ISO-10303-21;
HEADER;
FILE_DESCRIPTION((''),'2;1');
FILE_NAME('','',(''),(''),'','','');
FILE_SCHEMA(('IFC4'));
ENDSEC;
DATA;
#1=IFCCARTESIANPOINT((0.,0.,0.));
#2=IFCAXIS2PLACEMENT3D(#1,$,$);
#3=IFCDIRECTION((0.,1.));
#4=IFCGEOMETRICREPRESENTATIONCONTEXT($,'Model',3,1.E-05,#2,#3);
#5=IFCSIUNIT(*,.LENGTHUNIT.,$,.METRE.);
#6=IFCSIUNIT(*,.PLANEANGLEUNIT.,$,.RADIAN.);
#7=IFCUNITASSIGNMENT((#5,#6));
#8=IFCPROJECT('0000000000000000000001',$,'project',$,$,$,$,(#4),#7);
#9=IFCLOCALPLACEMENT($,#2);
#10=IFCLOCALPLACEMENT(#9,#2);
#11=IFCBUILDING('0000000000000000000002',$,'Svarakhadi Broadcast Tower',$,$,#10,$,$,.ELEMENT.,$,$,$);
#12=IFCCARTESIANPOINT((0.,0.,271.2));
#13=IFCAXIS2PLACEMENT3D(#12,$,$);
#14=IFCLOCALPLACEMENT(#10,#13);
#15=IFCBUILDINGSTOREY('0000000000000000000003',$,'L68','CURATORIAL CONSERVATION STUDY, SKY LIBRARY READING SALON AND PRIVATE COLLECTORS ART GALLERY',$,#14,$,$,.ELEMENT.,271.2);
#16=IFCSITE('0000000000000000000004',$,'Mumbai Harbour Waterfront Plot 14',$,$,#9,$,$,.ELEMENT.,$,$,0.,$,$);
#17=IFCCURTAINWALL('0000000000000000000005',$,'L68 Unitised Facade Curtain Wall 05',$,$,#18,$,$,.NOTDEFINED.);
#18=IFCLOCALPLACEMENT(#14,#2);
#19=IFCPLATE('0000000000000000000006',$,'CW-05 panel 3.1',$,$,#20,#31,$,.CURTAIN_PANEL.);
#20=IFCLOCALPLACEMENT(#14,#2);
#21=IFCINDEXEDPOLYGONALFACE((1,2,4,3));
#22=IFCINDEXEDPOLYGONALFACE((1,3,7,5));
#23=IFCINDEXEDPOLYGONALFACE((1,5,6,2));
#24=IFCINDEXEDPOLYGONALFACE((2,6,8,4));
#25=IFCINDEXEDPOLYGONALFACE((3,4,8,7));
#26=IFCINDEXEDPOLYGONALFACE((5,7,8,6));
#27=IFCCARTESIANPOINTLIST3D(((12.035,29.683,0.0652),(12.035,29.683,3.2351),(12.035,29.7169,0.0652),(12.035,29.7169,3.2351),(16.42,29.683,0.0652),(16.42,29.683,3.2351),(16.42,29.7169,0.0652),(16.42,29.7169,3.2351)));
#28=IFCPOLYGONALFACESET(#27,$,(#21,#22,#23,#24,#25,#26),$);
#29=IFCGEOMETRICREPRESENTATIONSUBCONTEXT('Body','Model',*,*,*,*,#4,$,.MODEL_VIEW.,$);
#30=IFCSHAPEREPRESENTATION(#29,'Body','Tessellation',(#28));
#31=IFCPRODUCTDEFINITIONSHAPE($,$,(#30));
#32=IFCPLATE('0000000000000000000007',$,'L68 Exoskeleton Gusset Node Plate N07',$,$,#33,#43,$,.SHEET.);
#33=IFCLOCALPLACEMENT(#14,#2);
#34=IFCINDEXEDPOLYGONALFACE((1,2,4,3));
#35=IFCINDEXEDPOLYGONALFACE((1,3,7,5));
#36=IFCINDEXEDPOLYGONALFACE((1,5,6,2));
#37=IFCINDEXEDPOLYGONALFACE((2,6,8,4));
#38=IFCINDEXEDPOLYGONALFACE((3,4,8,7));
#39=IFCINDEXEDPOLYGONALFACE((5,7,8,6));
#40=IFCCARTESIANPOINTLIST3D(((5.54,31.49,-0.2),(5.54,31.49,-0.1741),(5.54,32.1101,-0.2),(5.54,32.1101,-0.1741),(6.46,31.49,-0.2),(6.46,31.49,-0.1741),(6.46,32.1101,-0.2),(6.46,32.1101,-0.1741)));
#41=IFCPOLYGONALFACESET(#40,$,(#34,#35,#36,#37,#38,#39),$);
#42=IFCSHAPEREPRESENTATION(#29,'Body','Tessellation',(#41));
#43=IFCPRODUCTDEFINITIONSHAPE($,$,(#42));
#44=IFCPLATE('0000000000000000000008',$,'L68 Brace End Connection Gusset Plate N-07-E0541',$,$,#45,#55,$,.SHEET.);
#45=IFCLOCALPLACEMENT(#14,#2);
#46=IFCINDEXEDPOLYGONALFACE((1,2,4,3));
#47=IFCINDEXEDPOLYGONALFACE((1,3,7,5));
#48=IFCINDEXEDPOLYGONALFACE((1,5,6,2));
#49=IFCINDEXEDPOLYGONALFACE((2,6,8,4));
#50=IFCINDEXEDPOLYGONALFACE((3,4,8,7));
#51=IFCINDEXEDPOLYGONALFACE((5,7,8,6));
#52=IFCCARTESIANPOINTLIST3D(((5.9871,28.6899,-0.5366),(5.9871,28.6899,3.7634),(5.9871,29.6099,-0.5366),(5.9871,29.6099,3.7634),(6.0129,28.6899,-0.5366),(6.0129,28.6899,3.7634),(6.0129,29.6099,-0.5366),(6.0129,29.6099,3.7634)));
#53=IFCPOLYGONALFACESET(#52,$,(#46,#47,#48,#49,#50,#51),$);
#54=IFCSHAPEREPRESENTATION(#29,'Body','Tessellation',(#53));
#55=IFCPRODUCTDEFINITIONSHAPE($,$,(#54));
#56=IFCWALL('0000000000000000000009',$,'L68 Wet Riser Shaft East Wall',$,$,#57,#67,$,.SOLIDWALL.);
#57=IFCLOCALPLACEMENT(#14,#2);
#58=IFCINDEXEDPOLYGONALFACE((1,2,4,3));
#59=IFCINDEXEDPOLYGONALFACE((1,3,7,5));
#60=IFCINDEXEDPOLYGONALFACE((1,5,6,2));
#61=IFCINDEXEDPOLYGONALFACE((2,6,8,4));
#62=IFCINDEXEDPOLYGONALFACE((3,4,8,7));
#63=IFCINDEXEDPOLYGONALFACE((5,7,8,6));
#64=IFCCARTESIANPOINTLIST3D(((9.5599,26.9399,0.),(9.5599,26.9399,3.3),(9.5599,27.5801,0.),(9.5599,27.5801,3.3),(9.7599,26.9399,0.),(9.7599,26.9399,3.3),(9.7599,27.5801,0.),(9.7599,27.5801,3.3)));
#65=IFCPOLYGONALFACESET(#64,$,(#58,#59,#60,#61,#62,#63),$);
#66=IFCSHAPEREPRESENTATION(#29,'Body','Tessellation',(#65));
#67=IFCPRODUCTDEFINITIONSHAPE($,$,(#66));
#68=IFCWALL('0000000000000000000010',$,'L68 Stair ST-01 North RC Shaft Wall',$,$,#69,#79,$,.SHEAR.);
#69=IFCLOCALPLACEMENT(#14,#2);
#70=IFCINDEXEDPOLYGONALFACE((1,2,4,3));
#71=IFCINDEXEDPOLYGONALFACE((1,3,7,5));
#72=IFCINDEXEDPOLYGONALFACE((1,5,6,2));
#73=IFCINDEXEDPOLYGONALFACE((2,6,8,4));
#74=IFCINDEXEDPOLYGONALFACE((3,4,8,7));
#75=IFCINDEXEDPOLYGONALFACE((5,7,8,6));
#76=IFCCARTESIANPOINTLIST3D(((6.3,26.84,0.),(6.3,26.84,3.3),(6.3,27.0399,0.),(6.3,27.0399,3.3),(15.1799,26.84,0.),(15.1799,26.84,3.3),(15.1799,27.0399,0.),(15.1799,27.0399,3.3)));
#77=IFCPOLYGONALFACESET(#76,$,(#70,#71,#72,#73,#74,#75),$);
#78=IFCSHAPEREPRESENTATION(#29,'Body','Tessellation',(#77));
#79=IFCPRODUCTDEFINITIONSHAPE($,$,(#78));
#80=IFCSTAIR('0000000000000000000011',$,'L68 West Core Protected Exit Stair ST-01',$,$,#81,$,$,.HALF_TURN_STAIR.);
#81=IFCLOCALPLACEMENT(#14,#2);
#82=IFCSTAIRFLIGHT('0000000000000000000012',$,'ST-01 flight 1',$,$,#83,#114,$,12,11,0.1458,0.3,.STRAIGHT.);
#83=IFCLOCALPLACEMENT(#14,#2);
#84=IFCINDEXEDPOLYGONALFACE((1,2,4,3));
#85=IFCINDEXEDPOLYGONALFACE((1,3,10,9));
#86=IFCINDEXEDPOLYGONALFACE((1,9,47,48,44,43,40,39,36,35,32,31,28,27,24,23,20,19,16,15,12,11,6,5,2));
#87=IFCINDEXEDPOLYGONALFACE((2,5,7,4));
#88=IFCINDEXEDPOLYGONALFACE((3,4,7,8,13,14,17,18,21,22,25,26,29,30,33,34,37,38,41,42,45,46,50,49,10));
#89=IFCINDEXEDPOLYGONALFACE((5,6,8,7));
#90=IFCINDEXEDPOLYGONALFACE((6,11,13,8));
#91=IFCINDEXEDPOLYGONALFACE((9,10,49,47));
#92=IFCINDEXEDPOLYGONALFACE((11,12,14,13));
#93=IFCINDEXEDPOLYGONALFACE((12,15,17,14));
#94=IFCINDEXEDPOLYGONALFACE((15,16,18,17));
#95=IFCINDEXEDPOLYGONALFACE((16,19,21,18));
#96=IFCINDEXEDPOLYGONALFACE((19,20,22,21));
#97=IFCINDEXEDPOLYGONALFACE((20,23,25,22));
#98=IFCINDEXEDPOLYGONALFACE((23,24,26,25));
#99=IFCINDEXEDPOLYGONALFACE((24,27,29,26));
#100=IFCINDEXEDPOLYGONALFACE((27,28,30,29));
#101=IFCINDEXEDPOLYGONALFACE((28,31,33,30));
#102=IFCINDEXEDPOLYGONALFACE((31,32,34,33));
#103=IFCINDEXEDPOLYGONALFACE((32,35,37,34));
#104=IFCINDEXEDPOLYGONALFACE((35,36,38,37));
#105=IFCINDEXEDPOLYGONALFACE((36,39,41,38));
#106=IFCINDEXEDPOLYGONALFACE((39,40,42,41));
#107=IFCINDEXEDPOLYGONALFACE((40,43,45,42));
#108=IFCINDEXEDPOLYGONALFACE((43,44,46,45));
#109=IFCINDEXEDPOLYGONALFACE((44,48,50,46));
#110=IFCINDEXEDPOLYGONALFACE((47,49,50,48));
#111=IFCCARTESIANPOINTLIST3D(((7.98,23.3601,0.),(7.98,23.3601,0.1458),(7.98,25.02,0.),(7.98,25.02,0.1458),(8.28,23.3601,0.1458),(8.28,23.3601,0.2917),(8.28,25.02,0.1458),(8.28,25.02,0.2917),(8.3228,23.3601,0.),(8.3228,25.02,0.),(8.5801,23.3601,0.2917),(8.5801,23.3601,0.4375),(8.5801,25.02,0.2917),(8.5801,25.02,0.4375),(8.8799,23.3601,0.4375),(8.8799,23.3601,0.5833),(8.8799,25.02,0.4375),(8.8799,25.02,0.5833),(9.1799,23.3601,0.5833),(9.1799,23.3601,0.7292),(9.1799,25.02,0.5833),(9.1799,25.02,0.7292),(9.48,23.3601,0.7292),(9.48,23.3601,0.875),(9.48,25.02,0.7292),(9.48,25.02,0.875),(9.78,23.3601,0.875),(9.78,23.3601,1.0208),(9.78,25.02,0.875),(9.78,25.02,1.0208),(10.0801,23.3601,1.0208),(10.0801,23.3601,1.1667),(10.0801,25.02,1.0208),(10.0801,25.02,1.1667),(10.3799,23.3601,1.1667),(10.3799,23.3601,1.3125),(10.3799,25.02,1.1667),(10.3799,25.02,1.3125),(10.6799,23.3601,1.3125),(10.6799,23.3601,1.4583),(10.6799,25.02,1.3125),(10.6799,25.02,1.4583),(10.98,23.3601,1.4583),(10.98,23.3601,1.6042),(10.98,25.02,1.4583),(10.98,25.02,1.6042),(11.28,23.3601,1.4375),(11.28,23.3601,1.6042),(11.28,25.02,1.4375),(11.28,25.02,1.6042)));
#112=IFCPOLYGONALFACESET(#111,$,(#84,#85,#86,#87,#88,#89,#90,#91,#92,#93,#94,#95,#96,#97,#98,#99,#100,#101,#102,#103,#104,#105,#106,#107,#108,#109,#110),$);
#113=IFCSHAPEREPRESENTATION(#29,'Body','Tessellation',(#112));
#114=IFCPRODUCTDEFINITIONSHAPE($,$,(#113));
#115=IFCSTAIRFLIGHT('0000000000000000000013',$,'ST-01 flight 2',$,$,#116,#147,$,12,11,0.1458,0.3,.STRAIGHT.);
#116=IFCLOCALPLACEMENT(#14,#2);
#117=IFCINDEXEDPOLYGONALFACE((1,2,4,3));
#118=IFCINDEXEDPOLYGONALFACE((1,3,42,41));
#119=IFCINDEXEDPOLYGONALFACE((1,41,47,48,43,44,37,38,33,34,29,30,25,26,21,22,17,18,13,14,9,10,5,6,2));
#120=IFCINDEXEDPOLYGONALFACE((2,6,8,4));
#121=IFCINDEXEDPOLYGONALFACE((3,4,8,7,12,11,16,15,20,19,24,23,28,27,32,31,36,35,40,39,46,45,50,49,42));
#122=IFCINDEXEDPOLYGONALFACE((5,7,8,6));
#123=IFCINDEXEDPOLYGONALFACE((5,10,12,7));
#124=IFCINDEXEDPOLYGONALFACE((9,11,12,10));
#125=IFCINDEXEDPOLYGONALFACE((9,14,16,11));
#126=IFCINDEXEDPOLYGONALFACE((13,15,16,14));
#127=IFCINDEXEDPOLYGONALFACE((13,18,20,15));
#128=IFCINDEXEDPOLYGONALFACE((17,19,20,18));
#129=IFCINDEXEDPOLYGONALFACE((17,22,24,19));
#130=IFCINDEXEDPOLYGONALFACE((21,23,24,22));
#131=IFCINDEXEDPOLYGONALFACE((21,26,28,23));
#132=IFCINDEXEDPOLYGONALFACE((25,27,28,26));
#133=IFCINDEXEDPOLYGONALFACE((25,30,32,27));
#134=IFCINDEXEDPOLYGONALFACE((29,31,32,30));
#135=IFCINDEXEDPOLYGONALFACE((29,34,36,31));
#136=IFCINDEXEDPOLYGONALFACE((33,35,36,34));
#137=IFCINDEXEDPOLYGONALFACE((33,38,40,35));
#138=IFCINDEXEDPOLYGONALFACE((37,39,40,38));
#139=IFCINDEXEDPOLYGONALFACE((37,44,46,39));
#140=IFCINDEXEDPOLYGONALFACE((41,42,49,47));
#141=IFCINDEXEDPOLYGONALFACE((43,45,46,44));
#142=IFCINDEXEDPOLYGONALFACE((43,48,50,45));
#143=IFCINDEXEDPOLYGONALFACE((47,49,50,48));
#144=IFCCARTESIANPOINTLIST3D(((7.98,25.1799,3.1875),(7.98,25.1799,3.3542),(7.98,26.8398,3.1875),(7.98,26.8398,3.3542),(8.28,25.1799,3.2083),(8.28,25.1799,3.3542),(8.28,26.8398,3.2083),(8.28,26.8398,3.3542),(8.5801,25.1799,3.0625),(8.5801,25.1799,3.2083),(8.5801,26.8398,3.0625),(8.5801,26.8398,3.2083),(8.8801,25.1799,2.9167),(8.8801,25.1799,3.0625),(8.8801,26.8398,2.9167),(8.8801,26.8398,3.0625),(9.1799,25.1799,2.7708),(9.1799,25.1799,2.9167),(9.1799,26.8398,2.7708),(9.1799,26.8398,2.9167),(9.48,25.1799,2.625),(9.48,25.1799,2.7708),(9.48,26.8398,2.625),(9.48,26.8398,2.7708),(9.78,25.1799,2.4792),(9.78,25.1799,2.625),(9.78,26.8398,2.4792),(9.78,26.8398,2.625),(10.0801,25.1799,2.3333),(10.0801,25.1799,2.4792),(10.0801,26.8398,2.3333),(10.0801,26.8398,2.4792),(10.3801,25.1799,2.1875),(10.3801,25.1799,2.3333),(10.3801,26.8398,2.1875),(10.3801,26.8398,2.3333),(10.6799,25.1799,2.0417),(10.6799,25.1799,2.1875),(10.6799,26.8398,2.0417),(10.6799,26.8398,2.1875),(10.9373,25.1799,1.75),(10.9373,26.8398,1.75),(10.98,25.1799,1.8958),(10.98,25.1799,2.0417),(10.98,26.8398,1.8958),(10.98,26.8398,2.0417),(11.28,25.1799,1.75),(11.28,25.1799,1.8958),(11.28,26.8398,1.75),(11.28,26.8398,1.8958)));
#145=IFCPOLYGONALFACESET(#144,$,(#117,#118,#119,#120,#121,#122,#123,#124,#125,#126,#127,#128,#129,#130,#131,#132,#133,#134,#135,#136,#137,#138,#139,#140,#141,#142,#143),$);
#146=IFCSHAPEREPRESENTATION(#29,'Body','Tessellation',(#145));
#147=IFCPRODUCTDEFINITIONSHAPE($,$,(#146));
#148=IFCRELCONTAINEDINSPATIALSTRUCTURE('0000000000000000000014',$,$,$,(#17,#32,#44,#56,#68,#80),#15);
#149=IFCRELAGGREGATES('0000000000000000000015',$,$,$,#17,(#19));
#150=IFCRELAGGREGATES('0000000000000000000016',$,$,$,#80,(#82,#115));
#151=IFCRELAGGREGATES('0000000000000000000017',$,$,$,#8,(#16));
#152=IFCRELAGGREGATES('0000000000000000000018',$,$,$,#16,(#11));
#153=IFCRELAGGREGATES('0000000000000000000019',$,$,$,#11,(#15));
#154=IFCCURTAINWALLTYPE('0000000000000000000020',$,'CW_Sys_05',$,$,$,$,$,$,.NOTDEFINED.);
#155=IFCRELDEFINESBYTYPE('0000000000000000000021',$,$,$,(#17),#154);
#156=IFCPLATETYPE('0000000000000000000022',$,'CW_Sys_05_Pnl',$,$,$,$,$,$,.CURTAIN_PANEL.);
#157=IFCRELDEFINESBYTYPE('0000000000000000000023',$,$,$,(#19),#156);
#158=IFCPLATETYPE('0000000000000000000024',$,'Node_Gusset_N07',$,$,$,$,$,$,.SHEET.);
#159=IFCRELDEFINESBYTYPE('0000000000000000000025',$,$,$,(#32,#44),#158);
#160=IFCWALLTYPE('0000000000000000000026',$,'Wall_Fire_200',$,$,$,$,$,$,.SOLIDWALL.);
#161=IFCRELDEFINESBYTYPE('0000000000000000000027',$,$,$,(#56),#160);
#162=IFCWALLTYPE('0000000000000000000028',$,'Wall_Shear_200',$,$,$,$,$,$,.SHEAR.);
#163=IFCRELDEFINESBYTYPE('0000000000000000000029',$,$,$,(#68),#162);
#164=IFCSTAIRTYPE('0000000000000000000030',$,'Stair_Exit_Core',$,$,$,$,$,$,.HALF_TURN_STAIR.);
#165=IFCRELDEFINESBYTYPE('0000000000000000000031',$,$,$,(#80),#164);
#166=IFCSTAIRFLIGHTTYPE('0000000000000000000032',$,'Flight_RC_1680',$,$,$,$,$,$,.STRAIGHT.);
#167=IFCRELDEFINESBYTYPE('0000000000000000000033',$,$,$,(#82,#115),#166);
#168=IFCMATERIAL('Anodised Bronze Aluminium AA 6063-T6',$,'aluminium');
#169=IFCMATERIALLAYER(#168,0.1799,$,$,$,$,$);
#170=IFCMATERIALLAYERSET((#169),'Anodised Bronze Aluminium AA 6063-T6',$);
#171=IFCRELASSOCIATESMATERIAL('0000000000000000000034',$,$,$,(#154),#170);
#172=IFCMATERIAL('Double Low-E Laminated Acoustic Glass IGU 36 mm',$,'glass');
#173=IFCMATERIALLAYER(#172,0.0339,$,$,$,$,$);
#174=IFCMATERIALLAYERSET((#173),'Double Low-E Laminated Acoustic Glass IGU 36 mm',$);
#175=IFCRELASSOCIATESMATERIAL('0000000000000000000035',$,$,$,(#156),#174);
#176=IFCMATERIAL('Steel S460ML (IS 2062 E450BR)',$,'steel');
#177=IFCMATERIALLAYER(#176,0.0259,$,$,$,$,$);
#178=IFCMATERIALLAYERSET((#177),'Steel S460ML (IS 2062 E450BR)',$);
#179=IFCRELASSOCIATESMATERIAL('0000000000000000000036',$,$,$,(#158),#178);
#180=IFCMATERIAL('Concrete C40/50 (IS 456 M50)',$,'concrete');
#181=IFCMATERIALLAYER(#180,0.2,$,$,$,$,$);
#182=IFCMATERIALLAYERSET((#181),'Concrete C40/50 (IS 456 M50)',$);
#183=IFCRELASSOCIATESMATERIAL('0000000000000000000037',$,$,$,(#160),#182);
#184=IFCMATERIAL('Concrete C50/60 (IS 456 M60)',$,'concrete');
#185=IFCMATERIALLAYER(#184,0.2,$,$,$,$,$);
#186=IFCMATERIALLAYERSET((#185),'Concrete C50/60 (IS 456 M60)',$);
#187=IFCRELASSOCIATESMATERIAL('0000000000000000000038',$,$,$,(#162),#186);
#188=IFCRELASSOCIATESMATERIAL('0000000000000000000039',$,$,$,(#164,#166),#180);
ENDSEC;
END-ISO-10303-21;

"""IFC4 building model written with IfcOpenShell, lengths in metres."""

from ifc_helpers import new_model, si_unit, direction, frame, frame_2d, origin, origin_2d, place, context, subcontext, project, spatial, polyline, rectangle, outline, extrude, material, layer, layer_set, type_object, element, aggregate, save


model = new_model("IFC4")

# Units and contexts
model_context = context("Model", 3, precision=1e-05, world=origin(), true_north=direction((0.0, 1.0)))
body_context = subcontext(model_context, "Body", "Model", "MODEL_VIEW")
ifc_project = project(units=[si_unit("LENGTHUNIT", "METRE"), si_unit("PLANEANGLEUNIT", "RADIAN")], contexts=[model_context])

# Site, building, storey
site_placement = place(None, origin())
site = spatial("IfcSite", under=ifc_project, at=site_placement, Name="Mumbai Harbour Waterfront Plot 14", CompositionType="ELEMENT", RefElevation=0.0)
building_placement = place(site_placement, origin())
building = spatial("IfcBuilding", under=site, at=building_placement, Name="Svarakhadi Broadcast Tower", CompositionType="ELEMENT")
storey_placement = place(building_placement, frame((0.0, 0.0, 271.2)))
storey = spatial("IfcBuildingStorey", under=building, at=storey_placement, Name="L68", Description="CURATORIAL CONSERVATION STUDY, SKY LIBRARY READING SALON AND PRIVATE COLLECTORS ART GALLERY", CompositionType="ELEMENT", Elevation=271.2)

# Shared definitions
ifc_material_1 = material(Name="Steel S460ML (IS 2062 E450BR)", Category="steel")

# Curtain wall
ifc_material_2 = material(Name="Anodised Bronze Aluminium AA 6063-T6", Category="aluminium")
ifc_layer_1 = layer(ifc_material_2, 0.1799)
ifc_layer_set_1 = layer_set([ifc_layer_1], Name="Anodised Bronze Aluminium AA 6063-T6")
curtain_wall_type = type_object("IfcCurtainWallType", Name="CW_Sys_05", PredefinedType="NOTDEFINED", material=ifc_layer_set_1)
curtain_wall_placement = place(storey_placement, origin())
curtain_wall = element("IfcCurtainWall", 1, at=curtain_wall_placement, inside=storey, type_object=curtain_wall_type, Name="L68 Unitised Facade Curtain Wall 05", PredefinedType="NOTDEFINED")

# Plate
ifc_material_3 = material(Name="Double Low-E Laminated Acoustic Glass IGU 36 mm", Category="glass")
ifc_layer_2 = layer(ifc_material_3, 0.0339)
ifc_layer_set_2 = layer_set([ifc_layer_2], Name="Double Low-E Laminated Acoustic Glass IGU 36 mm")
plate_type_1 = type_object("IfcPlateType", Name="CW_Sys_05_Pnl", PredefinedType="CURTAIN_PANEL", material=ifc_layer_set_2)
plate_1_placement = place(storey_placement, frame((14.2275, 29.7, 0.0652), z_axis=(0.0, 0.0, 1.0), x_axis=(1.0, 0.0, 0.0)))
plate_1 = element("IfcPlate", 2, at=plate_1_placement, type_object=plate_type_1, Name="CW-05 panel 3.1", PredefinedType="CURTAIN_PANEL", context=body_context, shape_type="SweptSolid", body=[
    extrude(rectangle(XDim=4.385, YDim=0.0339, at=origin_2d()), origin(), (0.0, 0.0, 1.0), 3.1699),
])
aggregate(curtain_wall, [plate_1])

# Plates
ifc_layer_3 = layer(ifc_material_1, 0.0259)
ifc_layer_set_3 = layer_set([ifc_layer_3], Name="Steel S460ML (IS 2062 E450BR)")
plate_type_2 = type_object("IfcPlateType", Name="Node_Gusset_N07", PredefinedType="SHEET", material=ifc_layer_set_3)
plate_2_placement = place(storey_placement, frame((6.0, 31.8, -0.2), z_axis=(0.0, 0.0, 1.0), x_axis=(1.0, 0.0, 0.0)))
element("IfcPlate", 3, at=plate_2_placement, inside=storey, type_object=plate_type_2, Name="L68 Exoskeleton Gusset Node Plate N07", PredefinedType="SHEET", context=body_context, shape_type="SweptSolid", body=[
    extrude(rectangle(XDim=0.9199, YDim=0.6201, at=origin_2d()), origin(), (0.0, 0.0, 1.0), 0.0259),
])
plate_3_placement = place(storey_placement, frame((6.0, 29.1499, -0.5366), z_axis=(0.0, 0.0, 1.0), x_axis=(0.0, 1.0, 0.0)))
element("IfcPlate", 4, at=plate_3_placement, inside=storey, type_object=plate_type_2, Name="L68 Brace End Connection Gusset Plate N-07-E0541", PredefinedType="SHEET", context=body_context, shape_type="SweptSolid", body=[
    extrude(rectangle(XDim=0.9199, YDim=0.0259, at=origin_2d()), origin(), (0.0, 0.0, 1.0), 4.3),
])

# Walls
ifc_material_4 = material(Name="Concrete C40/50 (IS 456 M50)", Category="concrete")
ifc_layer_4 = layer(ifc_material_4, 0.2)
ifc_layer_set_4 = layer_set([ifc_layer_4], Name="Concrete C40/50 (IS 456 M50)")
wall_type_1 = type_object("IfcWallType", Name="Wall_Fire_200", PredefinedType="SOLIDWALL", material=ifc_layer_set_4)
wall_1_placement = place(storey_placement, frame((9.6599, 26.9399, 0.0), z_axis=(0.0, 0.0, 1.0), x_axis=(0.0, 1.0, 0.0)))
element("IfcWall", 5, at=wall_1_placement, inside=storey, type_object=wall_type_1, Name="L68 Wet Riser Shaft East Wall", PredefinedType="SOLIDWALL", context=body_context, shape_type="SweptSolid", body=[
    extrude(rectangle(XDim=0.6401, YDim=0.2, at=frame_2d((0.3201, 0.0))), origin(), (0.0, 0.0, 1.0), 3.3),
])
ifc_material_5 = material(Name="Concrete C50/60 (IS 456 M60)", Category="concrete")
ifc_layer_5 = layer(ifc_material_5, 0.2)
ifc_layer_set_5 = layer_set([ifc_layer_5], Name="Concrete C50/60 (IS 456 M60)")
wall_type_2 = type_object("IfcWallType", Name="Wall_Shear_200", PredefinedType="SHEAR", material=ifc_layer_set_5)
wall_2_placement = place(storey_placement, frame((6.3, 26.9399, 0.0), z_axis=(0.0, 0.0, 1.0), x_axis=(1.0, 0.0, 0.0)))
element("IfcWall", 6, at=wall_2_placement, inside=storey, type_object=wall_type_2, Name="L68 Stair ST-01 North RC Shaft Wall", PredefinedType="SHEAR", context=body_context, shape_type="SweptSolid", body=[
    extrude(rectangle(XDim=8.8799, YDim=0.2, at=frame_2d((4.4399, 0.0))), origin(), (0.0, 0.0, 1.0), 3.3),
])

# Stair, stair flights
stair_type = type_object("IfcStairType", Name="Stair_Exit_Core", PredefinedType="HALF_TURN_STAIR", material=ifc_material_4)
stair_placement = place(storey_placement, origin())
stair = element("IfcStair", 7, at=stair_placement, inside=storey, type_object=stair_type, Name="L68 West Core Protected Exit Stair ST-01", PredefinedType="HALF_TURN_STAIR")
stair_flight_type = type_object("IfcStairFlightType", Name="Flight_RC_1680", PredefinedType="STRAIGHT", material=ifc_material_4)
stair_flight_1_placement = place(storey_placement, frame((7.98, 24.1899, 0.0), z_axis=(0.0, 0.0, 1.0), x_axis=(1.0, 0.0, 0.0)))
stair_flight_1 = element("IfcStairFlight", 8, at=stair_flight_1_placement, type_object=stair_flight_type, Name="ST-01 flight 1", NumberOfRisers=12, NumberOfTreads=11, PredefinedType="STRAIGHT", RiserHeight=0.1458, TreadLength=0.3, context=body_context, shape_type="SweptSolid", body=[
    extrude(outline(polyline([(0.0, 0.0), (0.0, 0.1458), (0.3, 0.1458), (0.3, 0.2917), (0.6001, 0.2917), (0.6001, 0.4375), (0.8999, 0.4375), (0.8999, 0.5833), (1.2, 0.5833), (1.2, 0.7292), (1.5, 0.7292), (1.5, 0.875), (1.8, 0.875), (1.8, 1.0208), (2.1001, 1.0208), (2.1001, 1.1667), (2.3999, 1.1667), (2.3999, 1.3125), (2.7, 1.3125), (2.7, 1.4583), (3.0, 1.4583), (3.0, 1.6042), (3.3, 1.6042), (3.3, 1.75), (3.3, 1.4375), (0.3428, 0.0), (0.0, 0.0)])), frame((0.0, 0.8301, 0.0), z_axis=(0.0, -1.0, 0.0), x_axis=(1.0, 0.0, 0.0)), (0.0, 0.0, 1.0), 1.6599),
])
stair_flight_2_placement = place(storey_placement, frame((11.28, 26.01, 1.75), z_axis=(0.0, 0.0, 1.0), x_axis=(-1.0, 0.0, 0.0)))
stair_flight_2 = element("IfcStairFlight", 9, at=stair_flight_2_placement, type_object=stair_flight_type, Name="ST-01 flight 2", NumberOfRisers=12, NumberOfTreads=11, PredefinedType="STRAIGHT", RiserHeight=0.1458, TreadLength=0.3, context=body_context, shape_type="SweptSolid", body=[
    extrude(outline(polyline([(0.0, 0.0), (0.0, 0.1458), (0.3, 0.1458), (0.3, 0.2917), (0.6001, 0.2917), (0.6001, 0.4375), (0.8999, 0.4375), (0.8999, 0.5833), (1.2, 0.5833), (1.2, 0.7292), (1.5, 0.7292), (1.5, 0.875), (1.8, 0.875), (1.8, 1.0208), (2.1001, 1.0208), (2.1001, 1.1667), (2.3999, 1.1667), (2.3999, 1.3125), (2.7, 1.3125), (2.7, 1.4583), (3.0, 1.4583), (3.0, 1.6042), (3.3, 1.6042), (3.3, 1.75), (3.3, 1.4375), (0.3428, 0.0), (0.0, 0.0)])), frame((0.0, 0.8301, 0.0), z_axis=(0.0, -1.0, 0.0), x_axis=(1.0, 0.0, 0.0)), (0.0, 0.0, 1.0), 1.6599),
])
aggregate(stair, [stair_flight_1, stair_flight_2])

save(model, "model.ifc")
